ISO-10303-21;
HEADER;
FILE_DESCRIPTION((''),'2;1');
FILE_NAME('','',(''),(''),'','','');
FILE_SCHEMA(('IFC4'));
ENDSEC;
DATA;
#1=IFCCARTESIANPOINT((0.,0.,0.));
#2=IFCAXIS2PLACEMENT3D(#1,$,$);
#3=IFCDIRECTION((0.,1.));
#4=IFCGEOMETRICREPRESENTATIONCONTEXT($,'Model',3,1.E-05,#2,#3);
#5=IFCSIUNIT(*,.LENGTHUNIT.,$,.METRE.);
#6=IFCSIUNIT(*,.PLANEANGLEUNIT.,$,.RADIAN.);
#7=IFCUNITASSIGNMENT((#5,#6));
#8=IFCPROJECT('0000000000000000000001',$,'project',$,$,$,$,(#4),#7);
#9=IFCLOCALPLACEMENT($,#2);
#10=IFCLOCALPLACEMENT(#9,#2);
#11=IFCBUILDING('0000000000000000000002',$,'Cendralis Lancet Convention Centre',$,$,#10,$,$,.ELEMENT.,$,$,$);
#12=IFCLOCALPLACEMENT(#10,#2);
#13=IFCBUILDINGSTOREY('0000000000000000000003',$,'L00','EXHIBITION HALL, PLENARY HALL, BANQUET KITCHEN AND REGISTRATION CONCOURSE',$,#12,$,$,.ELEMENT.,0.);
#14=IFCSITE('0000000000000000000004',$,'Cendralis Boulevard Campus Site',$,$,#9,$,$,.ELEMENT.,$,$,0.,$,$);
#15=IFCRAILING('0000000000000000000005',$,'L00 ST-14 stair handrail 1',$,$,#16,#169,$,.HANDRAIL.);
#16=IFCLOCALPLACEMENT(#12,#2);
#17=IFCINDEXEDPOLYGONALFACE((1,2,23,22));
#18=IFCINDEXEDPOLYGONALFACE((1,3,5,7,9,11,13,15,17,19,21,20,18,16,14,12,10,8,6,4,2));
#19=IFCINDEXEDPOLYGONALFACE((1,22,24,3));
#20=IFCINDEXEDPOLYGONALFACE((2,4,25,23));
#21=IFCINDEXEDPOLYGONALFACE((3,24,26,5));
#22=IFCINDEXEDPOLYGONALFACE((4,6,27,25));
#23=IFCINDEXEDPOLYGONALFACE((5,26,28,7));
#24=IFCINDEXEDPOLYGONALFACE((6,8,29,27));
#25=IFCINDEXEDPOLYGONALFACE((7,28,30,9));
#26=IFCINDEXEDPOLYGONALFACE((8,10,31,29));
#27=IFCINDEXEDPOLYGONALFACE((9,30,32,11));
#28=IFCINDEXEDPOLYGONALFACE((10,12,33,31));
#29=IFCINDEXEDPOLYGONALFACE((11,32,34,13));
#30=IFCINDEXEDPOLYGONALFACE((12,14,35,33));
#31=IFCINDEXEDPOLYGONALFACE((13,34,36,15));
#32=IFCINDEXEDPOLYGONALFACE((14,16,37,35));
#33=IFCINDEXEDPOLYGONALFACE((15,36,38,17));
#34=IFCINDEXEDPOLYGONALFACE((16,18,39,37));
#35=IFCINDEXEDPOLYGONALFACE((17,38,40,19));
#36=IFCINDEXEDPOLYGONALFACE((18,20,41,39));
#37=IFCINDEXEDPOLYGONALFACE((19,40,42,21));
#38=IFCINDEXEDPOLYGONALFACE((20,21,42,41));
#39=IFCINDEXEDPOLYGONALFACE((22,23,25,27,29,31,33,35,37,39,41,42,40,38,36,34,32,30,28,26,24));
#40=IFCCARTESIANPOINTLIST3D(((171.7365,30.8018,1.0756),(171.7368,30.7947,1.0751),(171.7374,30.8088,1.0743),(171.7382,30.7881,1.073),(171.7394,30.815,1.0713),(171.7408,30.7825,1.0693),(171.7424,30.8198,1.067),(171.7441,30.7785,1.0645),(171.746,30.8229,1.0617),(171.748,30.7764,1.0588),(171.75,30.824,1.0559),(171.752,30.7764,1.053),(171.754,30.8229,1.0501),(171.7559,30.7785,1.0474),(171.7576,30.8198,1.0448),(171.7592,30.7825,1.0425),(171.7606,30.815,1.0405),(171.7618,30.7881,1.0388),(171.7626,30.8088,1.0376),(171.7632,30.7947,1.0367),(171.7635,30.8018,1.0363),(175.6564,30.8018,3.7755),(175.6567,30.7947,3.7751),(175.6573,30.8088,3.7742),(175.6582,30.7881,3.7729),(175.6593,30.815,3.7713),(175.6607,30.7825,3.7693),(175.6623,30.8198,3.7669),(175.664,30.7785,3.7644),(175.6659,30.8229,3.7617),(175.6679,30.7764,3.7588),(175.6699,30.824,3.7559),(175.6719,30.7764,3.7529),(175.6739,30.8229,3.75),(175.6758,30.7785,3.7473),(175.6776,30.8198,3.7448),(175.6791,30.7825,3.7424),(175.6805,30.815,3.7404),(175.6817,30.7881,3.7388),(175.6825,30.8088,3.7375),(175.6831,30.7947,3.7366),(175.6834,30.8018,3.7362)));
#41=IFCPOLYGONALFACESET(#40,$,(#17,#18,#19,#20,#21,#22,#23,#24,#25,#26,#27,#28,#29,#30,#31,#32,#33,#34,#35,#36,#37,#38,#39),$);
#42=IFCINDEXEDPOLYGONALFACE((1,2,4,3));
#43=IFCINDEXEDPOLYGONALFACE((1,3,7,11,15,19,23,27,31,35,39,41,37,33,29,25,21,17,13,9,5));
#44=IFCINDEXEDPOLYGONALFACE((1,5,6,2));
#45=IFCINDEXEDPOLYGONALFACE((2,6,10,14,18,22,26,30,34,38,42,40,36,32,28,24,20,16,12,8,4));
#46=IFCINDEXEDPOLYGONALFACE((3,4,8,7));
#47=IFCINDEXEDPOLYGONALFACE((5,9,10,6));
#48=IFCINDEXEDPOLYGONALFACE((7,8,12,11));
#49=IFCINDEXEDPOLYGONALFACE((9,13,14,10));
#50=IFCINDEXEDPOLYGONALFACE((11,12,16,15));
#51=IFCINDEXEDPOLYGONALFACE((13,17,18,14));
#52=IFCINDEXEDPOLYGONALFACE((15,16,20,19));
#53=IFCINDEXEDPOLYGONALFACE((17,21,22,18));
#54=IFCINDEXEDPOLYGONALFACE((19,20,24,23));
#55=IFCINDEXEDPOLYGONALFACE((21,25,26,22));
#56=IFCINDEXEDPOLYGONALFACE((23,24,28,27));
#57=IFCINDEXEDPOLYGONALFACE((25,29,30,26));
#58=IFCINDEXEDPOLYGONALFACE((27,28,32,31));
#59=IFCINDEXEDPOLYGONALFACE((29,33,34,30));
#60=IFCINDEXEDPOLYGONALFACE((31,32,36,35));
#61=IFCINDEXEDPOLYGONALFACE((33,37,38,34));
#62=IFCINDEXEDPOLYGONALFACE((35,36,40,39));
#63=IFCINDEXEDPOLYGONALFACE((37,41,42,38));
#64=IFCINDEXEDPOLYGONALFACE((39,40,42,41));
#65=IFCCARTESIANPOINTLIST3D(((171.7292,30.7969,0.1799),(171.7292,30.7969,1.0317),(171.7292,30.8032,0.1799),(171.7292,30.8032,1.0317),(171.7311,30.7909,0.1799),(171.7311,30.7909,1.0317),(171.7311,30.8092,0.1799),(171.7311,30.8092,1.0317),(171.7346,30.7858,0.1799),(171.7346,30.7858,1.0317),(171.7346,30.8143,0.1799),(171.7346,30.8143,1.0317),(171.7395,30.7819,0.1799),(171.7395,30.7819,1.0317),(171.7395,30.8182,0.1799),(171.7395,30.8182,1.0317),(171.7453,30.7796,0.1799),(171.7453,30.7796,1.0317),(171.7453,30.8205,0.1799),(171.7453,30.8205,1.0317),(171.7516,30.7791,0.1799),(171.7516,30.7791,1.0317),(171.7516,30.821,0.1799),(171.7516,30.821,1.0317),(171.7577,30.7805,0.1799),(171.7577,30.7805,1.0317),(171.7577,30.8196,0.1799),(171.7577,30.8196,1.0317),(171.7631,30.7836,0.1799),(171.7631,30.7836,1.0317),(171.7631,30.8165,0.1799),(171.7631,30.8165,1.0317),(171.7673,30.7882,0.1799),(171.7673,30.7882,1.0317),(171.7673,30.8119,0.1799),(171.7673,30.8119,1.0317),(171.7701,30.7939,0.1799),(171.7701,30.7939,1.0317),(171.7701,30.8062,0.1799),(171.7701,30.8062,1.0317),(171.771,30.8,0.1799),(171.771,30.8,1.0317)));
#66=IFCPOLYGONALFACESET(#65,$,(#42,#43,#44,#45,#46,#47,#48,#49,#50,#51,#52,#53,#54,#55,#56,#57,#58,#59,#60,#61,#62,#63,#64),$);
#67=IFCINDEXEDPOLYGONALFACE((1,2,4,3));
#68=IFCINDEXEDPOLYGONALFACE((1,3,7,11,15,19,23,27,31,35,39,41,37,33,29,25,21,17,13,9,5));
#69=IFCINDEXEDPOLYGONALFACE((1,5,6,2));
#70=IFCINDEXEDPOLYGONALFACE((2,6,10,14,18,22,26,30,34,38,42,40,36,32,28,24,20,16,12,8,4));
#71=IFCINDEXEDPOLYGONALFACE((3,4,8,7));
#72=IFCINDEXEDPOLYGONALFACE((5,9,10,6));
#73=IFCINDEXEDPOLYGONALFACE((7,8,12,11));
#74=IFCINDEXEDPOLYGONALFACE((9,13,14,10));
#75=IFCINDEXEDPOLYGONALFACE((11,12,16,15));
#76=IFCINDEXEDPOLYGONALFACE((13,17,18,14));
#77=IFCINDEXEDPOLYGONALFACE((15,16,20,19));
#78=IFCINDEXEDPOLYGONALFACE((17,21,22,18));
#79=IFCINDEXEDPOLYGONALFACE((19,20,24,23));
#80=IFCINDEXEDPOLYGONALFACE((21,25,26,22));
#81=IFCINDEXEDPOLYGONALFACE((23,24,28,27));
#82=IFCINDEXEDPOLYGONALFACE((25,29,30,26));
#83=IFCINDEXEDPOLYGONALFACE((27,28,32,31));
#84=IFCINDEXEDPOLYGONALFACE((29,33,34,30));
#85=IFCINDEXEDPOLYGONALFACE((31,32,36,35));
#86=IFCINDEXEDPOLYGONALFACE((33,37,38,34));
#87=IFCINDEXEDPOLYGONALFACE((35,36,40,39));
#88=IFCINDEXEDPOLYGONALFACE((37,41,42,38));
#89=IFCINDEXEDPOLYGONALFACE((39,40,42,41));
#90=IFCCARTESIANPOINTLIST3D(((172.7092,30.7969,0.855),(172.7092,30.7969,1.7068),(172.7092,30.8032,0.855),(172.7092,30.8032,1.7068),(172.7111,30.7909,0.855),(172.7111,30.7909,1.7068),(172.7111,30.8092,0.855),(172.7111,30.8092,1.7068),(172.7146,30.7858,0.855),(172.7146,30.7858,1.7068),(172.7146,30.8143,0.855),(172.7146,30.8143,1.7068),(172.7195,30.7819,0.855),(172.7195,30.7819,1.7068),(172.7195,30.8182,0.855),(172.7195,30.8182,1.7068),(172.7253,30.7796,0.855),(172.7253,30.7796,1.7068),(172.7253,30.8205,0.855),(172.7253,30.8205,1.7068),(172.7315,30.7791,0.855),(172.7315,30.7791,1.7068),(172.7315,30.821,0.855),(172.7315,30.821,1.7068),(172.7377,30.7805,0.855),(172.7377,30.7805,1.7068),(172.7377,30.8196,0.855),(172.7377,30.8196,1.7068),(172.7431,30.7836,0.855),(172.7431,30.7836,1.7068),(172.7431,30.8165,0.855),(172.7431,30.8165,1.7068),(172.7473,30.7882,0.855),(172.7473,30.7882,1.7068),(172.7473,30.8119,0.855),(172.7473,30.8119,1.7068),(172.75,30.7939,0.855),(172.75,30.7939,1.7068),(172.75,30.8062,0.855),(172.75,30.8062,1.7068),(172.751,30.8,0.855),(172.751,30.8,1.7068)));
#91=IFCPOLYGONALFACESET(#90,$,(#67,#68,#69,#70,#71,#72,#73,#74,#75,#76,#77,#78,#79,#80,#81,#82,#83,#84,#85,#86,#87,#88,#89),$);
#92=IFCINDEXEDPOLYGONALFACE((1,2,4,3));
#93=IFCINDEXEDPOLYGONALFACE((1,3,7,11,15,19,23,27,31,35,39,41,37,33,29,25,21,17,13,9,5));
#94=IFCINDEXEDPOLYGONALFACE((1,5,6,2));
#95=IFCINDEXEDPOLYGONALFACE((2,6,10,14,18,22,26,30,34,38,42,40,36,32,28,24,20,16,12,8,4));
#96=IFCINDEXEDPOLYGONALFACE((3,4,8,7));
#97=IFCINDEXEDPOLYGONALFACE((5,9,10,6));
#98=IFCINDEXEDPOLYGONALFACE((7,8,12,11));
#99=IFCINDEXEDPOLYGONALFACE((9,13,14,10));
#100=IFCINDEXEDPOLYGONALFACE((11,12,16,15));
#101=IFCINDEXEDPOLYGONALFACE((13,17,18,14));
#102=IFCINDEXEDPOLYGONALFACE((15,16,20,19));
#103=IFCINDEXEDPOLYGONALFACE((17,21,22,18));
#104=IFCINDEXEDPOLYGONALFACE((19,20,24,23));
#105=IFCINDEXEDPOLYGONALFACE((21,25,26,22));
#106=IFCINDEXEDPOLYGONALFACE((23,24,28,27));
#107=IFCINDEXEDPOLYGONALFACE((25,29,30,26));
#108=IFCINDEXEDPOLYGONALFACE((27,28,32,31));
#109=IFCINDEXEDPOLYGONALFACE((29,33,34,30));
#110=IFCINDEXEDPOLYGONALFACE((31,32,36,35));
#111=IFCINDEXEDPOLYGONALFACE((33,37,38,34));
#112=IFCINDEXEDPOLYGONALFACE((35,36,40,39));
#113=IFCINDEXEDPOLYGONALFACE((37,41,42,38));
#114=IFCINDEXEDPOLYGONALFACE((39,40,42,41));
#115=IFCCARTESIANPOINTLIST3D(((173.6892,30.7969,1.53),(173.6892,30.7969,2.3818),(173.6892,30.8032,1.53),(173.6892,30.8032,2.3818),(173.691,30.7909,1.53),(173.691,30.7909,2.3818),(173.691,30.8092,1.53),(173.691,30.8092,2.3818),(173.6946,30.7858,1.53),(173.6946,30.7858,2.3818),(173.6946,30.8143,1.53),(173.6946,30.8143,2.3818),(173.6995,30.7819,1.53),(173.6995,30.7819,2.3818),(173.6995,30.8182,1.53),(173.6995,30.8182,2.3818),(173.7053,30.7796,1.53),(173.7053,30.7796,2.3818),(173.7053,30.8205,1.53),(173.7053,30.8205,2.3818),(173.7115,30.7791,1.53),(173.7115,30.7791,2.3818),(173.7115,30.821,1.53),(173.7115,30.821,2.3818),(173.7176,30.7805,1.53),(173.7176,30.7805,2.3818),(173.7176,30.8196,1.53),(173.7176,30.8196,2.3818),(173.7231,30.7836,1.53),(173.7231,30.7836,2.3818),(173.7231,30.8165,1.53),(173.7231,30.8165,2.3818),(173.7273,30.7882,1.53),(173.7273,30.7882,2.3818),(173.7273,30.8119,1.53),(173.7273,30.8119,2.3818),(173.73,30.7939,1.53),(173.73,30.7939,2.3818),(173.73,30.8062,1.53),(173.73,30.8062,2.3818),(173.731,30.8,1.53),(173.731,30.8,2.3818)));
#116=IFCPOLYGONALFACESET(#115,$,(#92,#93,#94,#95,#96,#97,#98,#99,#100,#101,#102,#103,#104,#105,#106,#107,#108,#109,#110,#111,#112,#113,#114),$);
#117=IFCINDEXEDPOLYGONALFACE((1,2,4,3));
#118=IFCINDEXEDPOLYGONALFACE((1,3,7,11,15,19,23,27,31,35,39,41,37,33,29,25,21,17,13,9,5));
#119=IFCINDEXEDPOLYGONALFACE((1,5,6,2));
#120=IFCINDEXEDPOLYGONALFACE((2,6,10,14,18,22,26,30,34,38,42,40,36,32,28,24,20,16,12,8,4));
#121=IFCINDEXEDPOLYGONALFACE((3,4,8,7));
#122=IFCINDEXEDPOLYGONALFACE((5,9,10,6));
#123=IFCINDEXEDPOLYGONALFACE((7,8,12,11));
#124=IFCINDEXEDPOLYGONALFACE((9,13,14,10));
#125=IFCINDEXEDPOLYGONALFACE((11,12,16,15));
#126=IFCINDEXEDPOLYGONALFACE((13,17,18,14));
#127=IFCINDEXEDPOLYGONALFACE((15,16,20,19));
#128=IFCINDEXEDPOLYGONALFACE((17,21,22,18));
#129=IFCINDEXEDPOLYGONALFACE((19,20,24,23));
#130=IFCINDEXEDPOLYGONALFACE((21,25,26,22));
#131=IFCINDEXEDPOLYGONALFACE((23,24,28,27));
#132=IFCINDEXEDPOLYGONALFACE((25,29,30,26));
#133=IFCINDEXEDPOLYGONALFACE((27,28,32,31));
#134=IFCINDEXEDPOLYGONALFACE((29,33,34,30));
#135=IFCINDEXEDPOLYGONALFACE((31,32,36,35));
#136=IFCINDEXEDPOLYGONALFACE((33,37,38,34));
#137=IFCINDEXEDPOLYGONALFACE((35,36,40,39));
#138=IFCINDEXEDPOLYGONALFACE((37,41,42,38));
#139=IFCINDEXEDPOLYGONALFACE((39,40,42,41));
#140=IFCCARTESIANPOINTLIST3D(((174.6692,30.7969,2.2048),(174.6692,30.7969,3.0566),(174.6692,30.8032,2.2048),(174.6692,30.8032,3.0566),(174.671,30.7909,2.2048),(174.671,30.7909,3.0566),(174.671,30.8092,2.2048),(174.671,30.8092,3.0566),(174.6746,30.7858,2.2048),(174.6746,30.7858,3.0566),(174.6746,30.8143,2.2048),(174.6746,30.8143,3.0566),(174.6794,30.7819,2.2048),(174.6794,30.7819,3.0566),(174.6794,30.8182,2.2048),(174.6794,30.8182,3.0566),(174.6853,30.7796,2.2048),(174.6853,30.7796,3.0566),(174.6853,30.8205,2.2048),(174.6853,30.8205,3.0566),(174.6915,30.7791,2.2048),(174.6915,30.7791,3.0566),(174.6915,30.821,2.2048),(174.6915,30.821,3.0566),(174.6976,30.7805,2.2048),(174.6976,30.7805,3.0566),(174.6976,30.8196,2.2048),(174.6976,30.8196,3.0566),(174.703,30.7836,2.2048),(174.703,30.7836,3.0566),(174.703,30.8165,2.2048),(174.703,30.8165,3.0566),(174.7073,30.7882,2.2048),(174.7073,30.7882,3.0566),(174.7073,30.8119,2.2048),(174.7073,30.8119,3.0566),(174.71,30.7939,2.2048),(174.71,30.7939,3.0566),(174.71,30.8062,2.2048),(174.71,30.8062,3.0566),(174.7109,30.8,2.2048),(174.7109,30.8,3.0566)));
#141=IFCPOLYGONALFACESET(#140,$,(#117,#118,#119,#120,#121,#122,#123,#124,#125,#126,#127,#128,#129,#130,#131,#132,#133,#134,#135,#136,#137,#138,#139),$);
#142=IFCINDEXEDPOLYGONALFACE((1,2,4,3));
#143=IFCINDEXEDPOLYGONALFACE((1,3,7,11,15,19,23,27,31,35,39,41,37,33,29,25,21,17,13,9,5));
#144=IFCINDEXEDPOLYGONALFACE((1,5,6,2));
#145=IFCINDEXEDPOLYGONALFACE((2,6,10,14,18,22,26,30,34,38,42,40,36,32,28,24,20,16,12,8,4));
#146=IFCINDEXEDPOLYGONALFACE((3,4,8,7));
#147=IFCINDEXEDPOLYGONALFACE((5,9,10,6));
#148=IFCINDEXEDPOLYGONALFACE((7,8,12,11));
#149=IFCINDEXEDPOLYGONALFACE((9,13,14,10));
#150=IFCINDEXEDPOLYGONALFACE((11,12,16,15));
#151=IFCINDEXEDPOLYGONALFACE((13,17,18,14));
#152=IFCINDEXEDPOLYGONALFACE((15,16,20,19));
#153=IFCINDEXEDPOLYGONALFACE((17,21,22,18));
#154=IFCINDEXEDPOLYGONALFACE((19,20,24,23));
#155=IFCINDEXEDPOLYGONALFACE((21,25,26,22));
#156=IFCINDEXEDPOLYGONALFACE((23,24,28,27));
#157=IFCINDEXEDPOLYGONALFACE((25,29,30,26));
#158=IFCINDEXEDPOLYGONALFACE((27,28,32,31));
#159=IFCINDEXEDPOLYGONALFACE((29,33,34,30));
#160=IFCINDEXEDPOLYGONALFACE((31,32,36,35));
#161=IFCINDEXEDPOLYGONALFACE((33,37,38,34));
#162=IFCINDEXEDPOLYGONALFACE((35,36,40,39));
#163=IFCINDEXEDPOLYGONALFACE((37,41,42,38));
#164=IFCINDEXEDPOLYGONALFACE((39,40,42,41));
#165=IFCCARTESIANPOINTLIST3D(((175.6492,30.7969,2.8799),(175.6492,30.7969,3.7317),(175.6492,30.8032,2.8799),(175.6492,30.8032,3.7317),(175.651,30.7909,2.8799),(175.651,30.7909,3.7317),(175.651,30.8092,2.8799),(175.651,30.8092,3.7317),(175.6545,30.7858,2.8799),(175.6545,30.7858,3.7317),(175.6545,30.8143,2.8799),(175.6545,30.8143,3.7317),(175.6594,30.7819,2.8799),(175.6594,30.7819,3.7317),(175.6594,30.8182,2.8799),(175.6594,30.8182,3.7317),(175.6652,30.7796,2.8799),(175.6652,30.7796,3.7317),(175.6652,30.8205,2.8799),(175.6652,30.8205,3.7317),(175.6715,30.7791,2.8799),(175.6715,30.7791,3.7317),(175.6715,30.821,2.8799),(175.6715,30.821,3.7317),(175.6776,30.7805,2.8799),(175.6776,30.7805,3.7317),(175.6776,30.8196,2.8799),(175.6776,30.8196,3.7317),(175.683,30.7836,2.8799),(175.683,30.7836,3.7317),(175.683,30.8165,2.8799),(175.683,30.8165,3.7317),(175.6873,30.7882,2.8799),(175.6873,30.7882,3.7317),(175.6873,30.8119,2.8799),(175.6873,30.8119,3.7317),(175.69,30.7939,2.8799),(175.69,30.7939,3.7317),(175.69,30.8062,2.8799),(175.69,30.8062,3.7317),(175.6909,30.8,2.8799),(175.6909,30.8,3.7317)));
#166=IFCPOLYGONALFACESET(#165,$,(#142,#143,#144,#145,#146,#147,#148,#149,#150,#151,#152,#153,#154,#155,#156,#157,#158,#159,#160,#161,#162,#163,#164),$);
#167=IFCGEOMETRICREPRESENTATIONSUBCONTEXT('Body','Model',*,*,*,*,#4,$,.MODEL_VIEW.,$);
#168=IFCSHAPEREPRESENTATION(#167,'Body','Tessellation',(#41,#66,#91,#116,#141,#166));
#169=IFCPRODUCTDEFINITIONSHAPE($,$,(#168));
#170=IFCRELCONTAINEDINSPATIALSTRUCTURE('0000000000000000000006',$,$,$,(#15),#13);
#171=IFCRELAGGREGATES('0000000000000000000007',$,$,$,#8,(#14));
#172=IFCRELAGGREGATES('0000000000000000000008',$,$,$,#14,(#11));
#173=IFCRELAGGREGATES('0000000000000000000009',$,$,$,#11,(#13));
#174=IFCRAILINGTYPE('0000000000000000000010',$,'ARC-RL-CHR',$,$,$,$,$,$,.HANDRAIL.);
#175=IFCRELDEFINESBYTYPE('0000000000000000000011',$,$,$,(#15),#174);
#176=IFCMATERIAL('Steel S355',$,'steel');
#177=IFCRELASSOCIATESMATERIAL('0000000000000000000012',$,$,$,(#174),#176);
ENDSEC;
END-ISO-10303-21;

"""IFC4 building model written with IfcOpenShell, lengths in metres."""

from ifc_helpers import new_model, si_unit, direction, frame, origin, origin_2d, place, context, subcontext, project, spatial, circle, extrude, material, type_object, element, save


model = new_model("IFC4")

# Units and contexts
model_context = context("Model", 3, precision=1e-05, world=origin(), true_north=direction((0.0, 1.0)))
body_context = subcontext(model_context, "Body", "Model", "MODEL_VIEW")
ifc_project = project(units=[si_unit("LENGTHUNIT", "METRE"), si_unit("PLANEANGLEUNIT", "RADIAN")], contexts=[model_context])

# Site, building, storey
site_placement = place(None, origin())
site = spatial("IfcSite", under=ifc_project, at=site_placement, Name="Cendralis Boulevard Campus Site", CompositionType="ELEMENT", RefElevation=0.0)
building_placement = place(site_placement, origin())
building = spatial("IfcBuilding", under=site, at=building_placement, Name="Cendralis Lancet Convention Centre", CompositionType="ELEMENT")
storey_placement = place(building_placement, origin())
storey = spatial("IfcBuildingStorey", under=building, at=storey_placement, Name="L00", Description="EXHIBITION HALL, PLENARY HALL, BANQUET KITCHEN AND REGISTRATION CONCOURSE", CompositionType="ELEMENT", Elevation=0.0)

# Shared definitions
ifc_material_1 = material(Name="Steel S355", Category="steel")

# Railing
railing_type_1 = type_object("IfcRailingType", Name="ARC-RL-CHR", PredefinedType="HANDRAIL", material=ifc_material_1)
railing_1_placement = place(storey_placement, frame((171.75, 30.8, 0.1799)))
element("IfcRailing", 1, at=railing_1_placement, inside=storey, type_object=railing_type_1, Name="L00 ST-14 stair handrail 1", PredefinedType="HANDRAIL", context=body_context, shape_type="SweptSolid", body=[
    extrude(circle(Radius=0.0239, at=origin_2d()), frame((0.0, 0.0, 0.876), z_axis=(0.823551, 0.0, 0.567243), x_axis=(0.0, 1.0, 0.0)), (0.0, 0.0, 1.0), 4.7598),
    extrude(circle(Radius=0.021, at=origin_2d()), origin(), (0.0, 0.0, 1.0), 0.8518),
    extrude(circle(Radius=0.021, at=origin_2d()), frame((0.98, 0.0, 0.675)), (0.0, 0.0, 1.0), 0.8518),
    extrude(circle(Radius=0.021, at=origin_2d()), frame((1.96, 0.0, 1.3501)), (0.0, 0.0, 1.0), 0.8518),
    extrude(circle(Radius=0.021, at=origin_2d()), frame((2.9399, 0.0, 2.0249)), (0.0, 0.0, 1.0), 0.8518),
    extrude(circle(Radius=0.021, at=origin_2d()), frame((3.9199, 0.0, 2.7)), (0.0, 0.0, 1.0), 0.8518),
])

save(model, "model.ifc")
